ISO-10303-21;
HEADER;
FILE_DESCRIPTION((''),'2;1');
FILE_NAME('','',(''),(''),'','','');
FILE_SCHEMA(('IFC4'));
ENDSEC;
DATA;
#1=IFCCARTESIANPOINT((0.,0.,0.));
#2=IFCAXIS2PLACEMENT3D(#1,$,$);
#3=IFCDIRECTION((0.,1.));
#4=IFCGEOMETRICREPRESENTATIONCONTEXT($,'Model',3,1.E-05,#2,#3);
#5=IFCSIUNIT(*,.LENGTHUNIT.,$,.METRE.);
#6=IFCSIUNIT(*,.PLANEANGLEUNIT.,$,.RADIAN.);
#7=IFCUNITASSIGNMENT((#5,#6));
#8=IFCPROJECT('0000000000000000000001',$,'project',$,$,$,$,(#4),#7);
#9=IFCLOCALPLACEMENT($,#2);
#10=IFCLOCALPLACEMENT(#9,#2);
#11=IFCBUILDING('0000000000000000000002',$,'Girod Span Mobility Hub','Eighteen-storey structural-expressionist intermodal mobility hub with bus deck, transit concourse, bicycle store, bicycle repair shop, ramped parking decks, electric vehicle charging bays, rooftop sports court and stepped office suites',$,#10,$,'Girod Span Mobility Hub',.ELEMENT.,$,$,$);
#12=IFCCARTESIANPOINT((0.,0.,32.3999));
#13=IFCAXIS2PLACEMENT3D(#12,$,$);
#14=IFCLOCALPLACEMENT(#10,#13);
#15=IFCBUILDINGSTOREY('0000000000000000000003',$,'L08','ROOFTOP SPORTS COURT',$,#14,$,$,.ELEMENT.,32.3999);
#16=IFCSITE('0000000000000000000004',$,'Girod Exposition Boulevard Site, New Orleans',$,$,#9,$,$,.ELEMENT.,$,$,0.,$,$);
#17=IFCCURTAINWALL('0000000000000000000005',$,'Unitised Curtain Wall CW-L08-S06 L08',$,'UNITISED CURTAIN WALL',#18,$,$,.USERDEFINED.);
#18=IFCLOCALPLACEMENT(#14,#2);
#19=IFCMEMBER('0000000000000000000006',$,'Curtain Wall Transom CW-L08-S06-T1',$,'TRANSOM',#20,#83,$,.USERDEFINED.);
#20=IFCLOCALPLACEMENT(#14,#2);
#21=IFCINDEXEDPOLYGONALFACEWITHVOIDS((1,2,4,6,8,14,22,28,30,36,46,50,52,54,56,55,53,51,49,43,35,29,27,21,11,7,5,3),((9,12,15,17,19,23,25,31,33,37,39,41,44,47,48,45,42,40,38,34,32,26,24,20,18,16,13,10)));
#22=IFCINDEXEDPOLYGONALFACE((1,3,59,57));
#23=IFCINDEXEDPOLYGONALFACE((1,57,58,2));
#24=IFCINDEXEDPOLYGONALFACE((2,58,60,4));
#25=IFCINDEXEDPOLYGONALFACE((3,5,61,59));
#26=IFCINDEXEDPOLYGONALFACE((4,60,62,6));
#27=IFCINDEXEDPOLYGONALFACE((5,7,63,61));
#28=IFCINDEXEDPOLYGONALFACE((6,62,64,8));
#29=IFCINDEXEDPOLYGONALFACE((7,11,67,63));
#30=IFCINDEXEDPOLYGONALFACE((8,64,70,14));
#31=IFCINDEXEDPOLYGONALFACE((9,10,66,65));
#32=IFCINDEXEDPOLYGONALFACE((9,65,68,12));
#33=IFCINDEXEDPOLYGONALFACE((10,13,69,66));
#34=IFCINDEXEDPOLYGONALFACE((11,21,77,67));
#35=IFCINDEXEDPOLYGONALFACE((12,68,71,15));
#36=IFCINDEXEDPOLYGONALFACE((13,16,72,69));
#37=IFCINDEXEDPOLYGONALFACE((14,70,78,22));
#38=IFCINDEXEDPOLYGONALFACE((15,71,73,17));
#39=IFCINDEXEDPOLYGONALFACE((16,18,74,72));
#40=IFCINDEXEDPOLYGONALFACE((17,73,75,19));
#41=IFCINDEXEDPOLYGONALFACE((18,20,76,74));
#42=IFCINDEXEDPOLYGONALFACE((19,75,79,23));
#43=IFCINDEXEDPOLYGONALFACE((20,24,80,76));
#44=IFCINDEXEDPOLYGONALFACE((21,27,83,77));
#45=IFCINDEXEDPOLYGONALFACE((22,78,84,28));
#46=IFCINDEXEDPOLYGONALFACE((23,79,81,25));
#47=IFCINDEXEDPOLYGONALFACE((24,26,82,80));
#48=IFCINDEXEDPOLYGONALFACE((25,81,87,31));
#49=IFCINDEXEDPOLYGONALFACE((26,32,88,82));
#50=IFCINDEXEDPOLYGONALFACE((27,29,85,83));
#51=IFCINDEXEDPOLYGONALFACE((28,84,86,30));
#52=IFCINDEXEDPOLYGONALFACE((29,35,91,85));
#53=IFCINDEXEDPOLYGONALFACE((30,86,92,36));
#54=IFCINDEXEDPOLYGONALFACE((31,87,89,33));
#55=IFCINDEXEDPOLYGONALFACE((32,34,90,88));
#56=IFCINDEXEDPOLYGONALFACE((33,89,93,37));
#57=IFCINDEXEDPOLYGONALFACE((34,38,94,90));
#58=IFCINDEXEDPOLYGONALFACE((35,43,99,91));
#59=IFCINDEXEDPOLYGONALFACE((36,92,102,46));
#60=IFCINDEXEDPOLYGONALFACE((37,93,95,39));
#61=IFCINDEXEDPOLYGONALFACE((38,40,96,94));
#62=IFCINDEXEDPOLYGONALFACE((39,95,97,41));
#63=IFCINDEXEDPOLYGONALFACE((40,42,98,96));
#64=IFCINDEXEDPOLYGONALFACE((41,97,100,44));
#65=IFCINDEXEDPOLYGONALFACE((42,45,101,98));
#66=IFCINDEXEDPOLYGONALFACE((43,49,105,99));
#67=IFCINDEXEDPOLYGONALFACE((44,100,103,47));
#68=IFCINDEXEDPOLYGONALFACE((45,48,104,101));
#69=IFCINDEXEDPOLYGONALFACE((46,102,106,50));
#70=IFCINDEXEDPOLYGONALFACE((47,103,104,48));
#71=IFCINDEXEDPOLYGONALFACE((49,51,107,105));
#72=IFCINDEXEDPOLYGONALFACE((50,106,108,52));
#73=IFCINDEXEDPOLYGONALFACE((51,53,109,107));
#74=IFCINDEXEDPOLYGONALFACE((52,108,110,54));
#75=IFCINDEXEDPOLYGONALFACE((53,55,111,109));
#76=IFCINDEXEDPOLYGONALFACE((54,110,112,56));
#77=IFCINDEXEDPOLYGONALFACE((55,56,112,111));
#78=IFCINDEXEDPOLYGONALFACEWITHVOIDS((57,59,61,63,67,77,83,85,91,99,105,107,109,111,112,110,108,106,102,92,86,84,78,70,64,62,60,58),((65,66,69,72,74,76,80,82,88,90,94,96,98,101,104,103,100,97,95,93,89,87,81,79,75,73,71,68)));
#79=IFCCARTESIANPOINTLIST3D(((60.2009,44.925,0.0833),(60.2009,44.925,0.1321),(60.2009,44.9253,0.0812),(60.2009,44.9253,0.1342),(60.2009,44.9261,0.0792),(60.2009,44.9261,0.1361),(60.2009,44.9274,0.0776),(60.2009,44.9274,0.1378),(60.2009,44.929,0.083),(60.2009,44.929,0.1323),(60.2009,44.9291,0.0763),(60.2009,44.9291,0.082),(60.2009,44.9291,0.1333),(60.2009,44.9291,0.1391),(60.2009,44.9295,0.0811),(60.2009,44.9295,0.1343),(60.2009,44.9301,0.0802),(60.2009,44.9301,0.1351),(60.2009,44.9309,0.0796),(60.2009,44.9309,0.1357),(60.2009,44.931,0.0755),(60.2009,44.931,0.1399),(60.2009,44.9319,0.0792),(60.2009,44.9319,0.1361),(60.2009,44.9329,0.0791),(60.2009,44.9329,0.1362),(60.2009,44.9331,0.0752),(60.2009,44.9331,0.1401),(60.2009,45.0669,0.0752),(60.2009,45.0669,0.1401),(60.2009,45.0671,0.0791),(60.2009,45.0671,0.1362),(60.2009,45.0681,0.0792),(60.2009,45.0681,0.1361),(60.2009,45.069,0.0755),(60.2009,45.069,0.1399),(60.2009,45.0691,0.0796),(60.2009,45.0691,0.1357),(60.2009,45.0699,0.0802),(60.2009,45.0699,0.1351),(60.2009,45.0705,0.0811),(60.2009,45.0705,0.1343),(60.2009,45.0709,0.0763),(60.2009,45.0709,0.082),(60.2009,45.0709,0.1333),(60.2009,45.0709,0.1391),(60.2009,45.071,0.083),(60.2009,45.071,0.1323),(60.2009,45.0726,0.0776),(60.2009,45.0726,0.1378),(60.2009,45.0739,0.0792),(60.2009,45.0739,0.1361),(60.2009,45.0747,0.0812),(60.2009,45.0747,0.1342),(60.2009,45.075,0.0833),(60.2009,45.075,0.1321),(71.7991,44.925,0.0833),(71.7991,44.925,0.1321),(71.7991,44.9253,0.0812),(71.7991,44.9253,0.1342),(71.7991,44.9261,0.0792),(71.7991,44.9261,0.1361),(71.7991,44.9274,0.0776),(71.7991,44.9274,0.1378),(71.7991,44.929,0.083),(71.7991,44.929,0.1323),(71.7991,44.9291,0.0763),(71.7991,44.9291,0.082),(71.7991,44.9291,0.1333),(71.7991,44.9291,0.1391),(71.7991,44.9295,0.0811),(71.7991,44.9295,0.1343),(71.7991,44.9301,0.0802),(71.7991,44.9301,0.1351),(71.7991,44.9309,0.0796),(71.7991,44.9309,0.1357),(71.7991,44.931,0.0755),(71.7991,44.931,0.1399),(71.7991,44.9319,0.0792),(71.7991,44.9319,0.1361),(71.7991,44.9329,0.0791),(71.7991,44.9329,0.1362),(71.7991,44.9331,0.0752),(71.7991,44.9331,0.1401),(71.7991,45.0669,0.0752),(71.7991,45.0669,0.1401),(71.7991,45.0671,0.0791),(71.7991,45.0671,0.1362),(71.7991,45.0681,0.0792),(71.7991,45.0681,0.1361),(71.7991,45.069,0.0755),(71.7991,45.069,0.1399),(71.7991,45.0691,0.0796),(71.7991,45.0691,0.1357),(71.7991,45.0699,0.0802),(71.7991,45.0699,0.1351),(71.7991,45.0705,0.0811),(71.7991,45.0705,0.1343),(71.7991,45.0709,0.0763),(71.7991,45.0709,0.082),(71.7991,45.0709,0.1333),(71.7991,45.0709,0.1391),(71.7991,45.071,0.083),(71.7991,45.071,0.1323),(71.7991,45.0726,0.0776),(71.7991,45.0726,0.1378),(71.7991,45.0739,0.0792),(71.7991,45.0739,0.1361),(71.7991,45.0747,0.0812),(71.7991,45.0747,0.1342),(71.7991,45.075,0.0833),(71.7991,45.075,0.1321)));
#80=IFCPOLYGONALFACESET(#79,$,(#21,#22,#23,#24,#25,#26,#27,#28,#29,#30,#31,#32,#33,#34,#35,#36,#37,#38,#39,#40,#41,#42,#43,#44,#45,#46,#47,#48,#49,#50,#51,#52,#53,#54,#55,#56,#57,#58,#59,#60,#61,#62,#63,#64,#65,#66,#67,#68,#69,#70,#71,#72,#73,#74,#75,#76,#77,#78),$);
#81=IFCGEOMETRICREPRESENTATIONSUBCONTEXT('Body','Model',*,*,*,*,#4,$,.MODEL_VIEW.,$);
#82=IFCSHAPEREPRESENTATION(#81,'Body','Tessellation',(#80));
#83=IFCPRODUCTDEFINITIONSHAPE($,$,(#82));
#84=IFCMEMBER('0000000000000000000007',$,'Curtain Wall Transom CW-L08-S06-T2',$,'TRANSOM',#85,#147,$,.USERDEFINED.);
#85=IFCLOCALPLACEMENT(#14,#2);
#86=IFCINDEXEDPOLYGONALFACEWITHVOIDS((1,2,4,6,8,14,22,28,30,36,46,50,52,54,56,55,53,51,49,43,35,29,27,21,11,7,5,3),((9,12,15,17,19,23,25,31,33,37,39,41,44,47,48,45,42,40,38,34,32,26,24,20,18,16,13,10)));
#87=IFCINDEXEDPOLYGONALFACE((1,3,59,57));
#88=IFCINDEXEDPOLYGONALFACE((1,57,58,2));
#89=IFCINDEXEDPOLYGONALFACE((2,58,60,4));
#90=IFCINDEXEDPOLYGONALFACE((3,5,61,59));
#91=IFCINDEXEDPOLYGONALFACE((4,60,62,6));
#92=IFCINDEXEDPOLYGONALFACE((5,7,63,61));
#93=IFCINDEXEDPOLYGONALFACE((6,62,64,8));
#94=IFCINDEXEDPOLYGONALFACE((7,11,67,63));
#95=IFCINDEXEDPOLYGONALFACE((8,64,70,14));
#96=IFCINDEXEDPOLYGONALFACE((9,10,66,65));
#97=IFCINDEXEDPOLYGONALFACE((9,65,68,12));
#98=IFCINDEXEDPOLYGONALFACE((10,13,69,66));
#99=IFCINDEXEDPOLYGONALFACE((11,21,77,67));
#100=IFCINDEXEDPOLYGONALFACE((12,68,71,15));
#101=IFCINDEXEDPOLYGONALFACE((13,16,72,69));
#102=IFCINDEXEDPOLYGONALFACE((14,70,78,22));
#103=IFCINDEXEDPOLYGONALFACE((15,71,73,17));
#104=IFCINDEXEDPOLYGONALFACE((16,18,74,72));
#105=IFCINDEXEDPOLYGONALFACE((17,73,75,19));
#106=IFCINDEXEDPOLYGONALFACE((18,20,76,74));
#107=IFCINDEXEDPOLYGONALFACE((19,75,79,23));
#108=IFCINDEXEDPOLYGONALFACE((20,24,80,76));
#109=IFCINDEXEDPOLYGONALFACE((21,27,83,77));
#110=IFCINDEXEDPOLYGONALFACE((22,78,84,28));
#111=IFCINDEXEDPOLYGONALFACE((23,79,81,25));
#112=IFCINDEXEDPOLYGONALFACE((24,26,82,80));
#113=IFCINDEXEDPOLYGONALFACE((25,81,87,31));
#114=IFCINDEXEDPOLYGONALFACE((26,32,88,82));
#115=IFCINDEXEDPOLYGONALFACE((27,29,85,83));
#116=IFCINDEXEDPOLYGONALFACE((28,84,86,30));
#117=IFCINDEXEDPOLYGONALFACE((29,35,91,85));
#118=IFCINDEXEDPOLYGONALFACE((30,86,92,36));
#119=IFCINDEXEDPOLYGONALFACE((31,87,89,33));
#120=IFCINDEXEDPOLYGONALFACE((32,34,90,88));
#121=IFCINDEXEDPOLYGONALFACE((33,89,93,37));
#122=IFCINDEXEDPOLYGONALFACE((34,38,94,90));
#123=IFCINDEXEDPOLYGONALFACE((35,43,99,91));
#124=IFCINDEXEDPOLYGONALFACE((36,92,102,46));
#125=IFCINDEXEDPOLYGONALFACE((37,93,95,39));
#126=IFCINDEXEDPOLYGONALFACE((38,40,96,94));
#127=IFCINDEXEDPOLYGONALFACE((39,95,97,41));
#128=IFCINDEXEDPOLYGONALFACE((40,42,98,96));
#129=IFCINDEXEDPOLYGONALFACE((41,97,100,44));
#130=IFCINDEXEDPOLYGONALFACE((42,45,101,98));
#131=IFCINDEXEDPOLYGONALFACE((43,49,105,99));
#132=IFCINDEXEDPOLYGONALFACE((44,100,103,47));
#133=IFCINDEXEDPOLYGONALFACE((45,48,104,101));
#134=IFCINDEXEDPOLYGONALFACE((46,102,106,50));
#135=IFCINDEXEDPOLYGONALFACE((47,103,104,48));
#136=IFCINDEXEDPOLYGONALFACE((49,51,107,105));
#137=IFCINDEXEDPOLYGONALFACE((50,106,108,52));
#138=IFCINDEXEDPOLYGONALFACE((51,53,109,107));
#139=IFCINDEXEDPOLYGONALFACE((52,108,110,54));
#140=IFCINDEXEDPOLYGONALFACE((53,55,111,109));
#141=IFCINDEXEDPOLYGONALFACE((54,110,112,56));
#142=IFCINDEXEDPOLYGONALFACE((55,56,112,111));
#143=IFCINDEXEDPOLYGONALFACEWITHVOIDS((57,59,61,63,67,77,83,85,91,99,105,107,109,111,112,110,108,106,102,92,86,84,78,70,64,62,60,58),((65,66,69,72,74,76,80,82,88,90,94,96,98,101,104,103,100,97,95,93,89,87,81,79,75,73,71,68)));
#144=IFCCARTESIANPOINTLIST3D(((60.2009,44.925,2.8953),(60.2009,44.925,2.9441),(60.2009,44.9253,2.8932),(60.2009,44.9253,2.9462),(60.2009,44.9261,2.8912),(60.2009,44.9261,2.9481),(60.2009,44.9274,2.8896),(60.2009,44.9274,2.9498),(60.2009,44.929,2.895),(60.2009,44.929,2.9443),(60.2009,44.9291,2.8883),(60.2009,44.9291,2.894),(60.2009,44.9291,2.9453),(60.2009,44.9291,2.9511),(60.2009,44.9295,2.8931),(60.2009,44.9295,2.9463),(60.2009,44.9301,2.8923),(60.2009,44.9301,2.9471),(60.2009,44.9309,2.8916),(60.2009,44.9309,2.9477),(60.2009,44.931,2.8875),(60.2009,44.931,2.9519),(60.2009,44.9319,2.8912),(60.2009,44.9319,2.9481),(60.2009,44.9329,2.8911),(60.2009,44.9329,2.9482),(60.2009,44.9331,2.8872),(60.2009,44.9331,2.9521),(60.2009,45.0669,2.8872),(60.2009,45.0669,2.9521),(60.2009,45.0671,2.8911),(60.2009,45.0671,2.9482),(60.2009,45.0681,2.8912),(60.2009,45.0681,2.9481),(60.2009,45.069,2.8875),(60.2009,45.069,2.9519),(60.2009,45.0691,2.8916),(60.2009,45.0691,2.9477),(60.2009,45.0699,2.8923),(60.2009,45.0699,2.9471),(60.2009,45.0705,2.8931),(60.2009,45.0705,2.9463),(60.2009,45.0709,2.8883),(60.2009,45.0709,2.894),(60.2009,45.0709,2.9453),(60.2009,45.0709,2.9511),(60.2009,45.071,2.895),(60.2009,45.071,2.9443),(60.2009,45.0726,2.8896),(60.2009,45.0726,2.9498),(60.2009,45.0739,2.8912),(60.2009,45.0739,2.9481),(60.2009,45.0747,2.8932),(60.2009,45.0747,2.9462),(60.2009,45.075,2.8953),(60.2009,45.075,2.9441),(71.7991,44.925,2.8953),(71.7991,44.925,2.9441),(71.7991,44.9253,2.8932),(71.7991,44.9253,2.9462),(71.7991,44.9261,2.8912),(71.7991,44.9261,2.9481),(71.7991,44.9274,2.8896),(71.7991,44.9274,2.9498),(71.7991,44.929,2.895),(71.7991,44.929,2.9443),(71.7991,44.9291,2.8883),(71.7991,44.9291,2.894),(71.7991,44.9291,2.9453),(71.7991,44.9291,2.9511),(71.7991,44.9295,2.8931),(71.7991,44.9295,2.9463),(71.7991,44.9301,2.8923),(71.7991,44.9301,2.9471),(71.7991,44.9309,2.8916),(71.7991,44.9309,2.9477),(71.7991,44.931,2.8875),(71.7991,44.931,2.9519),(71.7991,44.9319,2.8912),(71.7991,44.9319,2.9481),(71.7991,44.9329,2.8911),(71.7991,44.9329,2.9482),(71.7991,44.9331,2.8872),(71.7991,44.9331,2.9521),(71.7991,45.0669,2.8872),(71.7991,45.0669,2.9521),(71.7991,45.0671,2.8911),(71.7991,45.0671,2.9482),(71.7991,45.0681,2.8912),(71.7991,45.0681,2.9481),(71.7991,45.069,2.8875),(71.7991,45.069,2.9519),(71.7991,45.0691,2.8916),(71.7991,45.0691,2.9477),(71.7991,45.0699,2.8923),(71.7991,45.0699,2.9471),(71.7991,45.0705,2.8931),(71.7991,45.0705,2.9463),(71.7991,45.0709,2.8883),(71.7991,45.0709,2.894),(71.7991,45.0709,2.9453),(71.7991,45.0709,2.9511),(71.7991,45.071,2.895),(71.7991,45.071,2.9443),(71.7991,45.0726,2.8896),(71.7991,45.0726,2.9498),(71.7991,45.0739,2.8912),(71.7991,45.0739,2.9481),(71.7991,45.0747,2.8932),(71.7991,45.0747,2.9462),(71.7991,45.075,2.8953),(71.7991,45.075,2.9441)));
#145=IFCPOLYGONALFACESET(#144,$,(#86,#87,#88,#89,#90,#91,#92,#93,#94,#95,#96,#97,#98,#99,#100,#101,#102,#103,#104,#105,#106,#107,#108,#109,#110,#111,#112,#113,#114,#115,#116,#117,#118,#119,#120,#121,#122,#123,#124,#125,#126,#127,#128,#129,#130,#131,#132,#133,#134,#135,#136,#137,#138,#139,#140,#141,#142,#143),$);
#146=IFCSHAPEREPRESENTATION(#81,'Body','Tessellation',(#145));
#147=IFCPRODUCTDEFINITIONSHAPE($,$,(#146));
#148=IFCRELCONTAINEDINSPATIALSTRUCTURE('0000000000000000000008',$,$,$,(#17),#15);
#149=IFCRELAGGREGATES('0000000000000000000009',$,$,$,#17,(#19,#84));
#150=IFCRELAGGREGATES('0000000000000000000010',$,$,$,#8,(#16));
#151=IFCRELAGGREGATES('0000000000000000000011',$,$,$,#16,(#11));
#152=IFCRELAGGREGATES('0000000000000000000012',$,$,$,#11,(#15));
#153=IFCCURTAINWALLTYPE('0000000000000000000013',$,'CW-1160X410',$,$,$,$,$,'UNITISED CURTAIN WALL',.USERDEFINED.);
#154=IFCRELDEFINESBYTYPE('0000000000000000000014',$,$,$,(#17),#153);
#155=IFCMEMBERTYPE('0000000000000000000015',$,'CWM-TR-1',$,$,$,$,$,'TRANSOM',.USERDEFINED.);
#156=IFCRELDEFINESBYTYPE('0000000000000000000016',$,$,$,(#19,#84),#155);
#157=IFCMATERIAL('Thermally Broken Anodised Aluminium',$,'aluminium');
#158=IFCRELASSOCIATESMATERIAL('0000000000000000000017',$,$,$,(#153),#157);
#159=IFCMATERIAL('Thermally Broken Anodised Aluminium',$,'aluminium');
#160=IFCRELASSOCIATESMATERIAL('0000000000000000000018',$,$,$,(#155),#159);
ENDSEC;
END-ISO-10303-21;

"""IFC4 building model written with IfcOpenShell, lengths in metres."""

from ifc_helpers import new_model, si_unit, direction, frame, origin, origin_2d, place, context, subcontext, project, spatial, hollow_rectangle, extrude, material, material_profile, profile_set, type_object, element, aggregate, save


model = new_model("IFC4")

# Units and contexts
model_context = context("Model", 3, precision=1e-05, world=origin(), true_north=direction((0.0, 1.0)))
body_context = subcontext(model_context, "Body", "Model", "MODEL_VIEW")
ifc_project = project(units=[si_unit("LENGTHUNIT", "METRE"), si_unit("PLANEANGLEUNIT", "RADIAN")], contexts=[model_context])

# Site, building, storey
site_placement = place(None, origin())
site = spatial("IfcSite", under=ifc_project, at=site_placement, Name="Girod Exposition Boulevard Site, New Orleans", CompositionType="ELEMENT", RefElevation=0.0)
building_placement = place(site_placement, origin())
building = spatial("IfcBuilding", under=site, at=building_placement, Name="Girod Span Mobility Hub", Description="Eighteen-storey structural-expressionist intermodal mobility hub with bus deck, transit concourse, bicycle store, bicycle repair shop, ramped parking decks, electric vehicle charging bays, rooftop sports court and stepped office suites", LongName="Girod Span Mobility Hub", CompositionType="ELEMENT")
storey_placement = place(building_placement, frame((0.0, 0.0, 32.3999)))
storey = spatial("IfcBuildingStorey", under=building, at=storey_placement, Name="L08", Description="ROOFTOP SPORTS COURT", CompositionType="ELEMENT", Elevation=32.3999)

# Curtain wall, members
ifc_material_1 = material(Name="Thermally Broken Anodised Aluminium", Category="aluminium")
curtain_wall_type = type_object("IfcCurtainWallType", Name="CW-1160X410", ElementType="UNITISED CURTAIN WALL", PredefinedType="USERDEFINED", material=ifc_material_1)
curtain_wall_placement = place(storey_placement, origin())
curtain_wall = element("IfcCurtainWall", 1, at=curtain_wall_placement, inside=storey, type_object=curtain_wall_type, Name="Unitised Curtain Wall CW-L08-S06 L08", ObjectType="UNITISED CURTAIN WALL", PredefinedType="USERDEFINED")
ifc_material_2 = material(Name="Thermally Broken Anodised Aluminium", Category="aluminium")
ifc_material_profile_1 = material_profile(ifc_material_2, hollow_rectangle(XDim=0.1499, YDim=0.0649, WallThickness=0.0039, InnerFilletRadius=0.0039, OuterFilletRadius=0.0081, at=origin_2d()), Name="CW-TR-65X150")
ifc_profile_set_1 = profile_set([ifc_material_profile_1], Name="Thermally Broken Anodised Aluminium")
member_type_1 = type_object("IfcMemberType", Name="CWM-TR-1", ElementType="TRANSOM", PredefinedType="USERDEFINED", material=ifc_profile_set_1)
member_1_placement = place(storey_placement, frame((60.2009, 45.0, 0.1077), z_axis=(1.0, 0.0, 0.0), x_axis=(0.0, 1.0, 0.0)))
member_1 = element("IfcMember", 2, at=member_1_placement, type_object=member_type_1, Name="Curtain Wall Transom CW-L08-S06-T1", ObjectType="TRANSOM", PredefinedType="USERDEFINED", context=body_context, shape_type="SweptSolid", body=[
    extrude(hollow_rectangle(XDim=0.1499, YDim=0.0649, WallThickness=0.0039, InnerFilletRadius=0.0039, OuterFilletRadius=0.0081, at=origin_2d()), origin(), (0.0, 0.0, 1.0), 11.5981),
])
member_2_placement = place(storey_placement, frame((60.2009, 45.0, 2.9197), z_axis=(1.0, 0.0, 0.0), x_axis=(0.0, 1.0, 0.0)))
member_2 = element("IfcMember", 3, at=member_2_placement, type_object=member_type_1, Name="Curtain Wall Transom CW-L08-S06-T2", ObjectType="TRANSOM", PredefinedType="USERDEFINED", context=body_context, shape_type="SweptSolid", body=[
    extrude(hollow_rectangle(XDim=0.1499, YDim=0.0649, WallThickness=0.0039, InnerFilletRadius=0.0039, OuterFilletRadius=0.0081, at=origin_2d()), origin(), (0.0, 0.0, 1.0), 11.5981),
])

aggregate(curtain_wall, [member_1, member_2])

save(model, "model.ifc")
